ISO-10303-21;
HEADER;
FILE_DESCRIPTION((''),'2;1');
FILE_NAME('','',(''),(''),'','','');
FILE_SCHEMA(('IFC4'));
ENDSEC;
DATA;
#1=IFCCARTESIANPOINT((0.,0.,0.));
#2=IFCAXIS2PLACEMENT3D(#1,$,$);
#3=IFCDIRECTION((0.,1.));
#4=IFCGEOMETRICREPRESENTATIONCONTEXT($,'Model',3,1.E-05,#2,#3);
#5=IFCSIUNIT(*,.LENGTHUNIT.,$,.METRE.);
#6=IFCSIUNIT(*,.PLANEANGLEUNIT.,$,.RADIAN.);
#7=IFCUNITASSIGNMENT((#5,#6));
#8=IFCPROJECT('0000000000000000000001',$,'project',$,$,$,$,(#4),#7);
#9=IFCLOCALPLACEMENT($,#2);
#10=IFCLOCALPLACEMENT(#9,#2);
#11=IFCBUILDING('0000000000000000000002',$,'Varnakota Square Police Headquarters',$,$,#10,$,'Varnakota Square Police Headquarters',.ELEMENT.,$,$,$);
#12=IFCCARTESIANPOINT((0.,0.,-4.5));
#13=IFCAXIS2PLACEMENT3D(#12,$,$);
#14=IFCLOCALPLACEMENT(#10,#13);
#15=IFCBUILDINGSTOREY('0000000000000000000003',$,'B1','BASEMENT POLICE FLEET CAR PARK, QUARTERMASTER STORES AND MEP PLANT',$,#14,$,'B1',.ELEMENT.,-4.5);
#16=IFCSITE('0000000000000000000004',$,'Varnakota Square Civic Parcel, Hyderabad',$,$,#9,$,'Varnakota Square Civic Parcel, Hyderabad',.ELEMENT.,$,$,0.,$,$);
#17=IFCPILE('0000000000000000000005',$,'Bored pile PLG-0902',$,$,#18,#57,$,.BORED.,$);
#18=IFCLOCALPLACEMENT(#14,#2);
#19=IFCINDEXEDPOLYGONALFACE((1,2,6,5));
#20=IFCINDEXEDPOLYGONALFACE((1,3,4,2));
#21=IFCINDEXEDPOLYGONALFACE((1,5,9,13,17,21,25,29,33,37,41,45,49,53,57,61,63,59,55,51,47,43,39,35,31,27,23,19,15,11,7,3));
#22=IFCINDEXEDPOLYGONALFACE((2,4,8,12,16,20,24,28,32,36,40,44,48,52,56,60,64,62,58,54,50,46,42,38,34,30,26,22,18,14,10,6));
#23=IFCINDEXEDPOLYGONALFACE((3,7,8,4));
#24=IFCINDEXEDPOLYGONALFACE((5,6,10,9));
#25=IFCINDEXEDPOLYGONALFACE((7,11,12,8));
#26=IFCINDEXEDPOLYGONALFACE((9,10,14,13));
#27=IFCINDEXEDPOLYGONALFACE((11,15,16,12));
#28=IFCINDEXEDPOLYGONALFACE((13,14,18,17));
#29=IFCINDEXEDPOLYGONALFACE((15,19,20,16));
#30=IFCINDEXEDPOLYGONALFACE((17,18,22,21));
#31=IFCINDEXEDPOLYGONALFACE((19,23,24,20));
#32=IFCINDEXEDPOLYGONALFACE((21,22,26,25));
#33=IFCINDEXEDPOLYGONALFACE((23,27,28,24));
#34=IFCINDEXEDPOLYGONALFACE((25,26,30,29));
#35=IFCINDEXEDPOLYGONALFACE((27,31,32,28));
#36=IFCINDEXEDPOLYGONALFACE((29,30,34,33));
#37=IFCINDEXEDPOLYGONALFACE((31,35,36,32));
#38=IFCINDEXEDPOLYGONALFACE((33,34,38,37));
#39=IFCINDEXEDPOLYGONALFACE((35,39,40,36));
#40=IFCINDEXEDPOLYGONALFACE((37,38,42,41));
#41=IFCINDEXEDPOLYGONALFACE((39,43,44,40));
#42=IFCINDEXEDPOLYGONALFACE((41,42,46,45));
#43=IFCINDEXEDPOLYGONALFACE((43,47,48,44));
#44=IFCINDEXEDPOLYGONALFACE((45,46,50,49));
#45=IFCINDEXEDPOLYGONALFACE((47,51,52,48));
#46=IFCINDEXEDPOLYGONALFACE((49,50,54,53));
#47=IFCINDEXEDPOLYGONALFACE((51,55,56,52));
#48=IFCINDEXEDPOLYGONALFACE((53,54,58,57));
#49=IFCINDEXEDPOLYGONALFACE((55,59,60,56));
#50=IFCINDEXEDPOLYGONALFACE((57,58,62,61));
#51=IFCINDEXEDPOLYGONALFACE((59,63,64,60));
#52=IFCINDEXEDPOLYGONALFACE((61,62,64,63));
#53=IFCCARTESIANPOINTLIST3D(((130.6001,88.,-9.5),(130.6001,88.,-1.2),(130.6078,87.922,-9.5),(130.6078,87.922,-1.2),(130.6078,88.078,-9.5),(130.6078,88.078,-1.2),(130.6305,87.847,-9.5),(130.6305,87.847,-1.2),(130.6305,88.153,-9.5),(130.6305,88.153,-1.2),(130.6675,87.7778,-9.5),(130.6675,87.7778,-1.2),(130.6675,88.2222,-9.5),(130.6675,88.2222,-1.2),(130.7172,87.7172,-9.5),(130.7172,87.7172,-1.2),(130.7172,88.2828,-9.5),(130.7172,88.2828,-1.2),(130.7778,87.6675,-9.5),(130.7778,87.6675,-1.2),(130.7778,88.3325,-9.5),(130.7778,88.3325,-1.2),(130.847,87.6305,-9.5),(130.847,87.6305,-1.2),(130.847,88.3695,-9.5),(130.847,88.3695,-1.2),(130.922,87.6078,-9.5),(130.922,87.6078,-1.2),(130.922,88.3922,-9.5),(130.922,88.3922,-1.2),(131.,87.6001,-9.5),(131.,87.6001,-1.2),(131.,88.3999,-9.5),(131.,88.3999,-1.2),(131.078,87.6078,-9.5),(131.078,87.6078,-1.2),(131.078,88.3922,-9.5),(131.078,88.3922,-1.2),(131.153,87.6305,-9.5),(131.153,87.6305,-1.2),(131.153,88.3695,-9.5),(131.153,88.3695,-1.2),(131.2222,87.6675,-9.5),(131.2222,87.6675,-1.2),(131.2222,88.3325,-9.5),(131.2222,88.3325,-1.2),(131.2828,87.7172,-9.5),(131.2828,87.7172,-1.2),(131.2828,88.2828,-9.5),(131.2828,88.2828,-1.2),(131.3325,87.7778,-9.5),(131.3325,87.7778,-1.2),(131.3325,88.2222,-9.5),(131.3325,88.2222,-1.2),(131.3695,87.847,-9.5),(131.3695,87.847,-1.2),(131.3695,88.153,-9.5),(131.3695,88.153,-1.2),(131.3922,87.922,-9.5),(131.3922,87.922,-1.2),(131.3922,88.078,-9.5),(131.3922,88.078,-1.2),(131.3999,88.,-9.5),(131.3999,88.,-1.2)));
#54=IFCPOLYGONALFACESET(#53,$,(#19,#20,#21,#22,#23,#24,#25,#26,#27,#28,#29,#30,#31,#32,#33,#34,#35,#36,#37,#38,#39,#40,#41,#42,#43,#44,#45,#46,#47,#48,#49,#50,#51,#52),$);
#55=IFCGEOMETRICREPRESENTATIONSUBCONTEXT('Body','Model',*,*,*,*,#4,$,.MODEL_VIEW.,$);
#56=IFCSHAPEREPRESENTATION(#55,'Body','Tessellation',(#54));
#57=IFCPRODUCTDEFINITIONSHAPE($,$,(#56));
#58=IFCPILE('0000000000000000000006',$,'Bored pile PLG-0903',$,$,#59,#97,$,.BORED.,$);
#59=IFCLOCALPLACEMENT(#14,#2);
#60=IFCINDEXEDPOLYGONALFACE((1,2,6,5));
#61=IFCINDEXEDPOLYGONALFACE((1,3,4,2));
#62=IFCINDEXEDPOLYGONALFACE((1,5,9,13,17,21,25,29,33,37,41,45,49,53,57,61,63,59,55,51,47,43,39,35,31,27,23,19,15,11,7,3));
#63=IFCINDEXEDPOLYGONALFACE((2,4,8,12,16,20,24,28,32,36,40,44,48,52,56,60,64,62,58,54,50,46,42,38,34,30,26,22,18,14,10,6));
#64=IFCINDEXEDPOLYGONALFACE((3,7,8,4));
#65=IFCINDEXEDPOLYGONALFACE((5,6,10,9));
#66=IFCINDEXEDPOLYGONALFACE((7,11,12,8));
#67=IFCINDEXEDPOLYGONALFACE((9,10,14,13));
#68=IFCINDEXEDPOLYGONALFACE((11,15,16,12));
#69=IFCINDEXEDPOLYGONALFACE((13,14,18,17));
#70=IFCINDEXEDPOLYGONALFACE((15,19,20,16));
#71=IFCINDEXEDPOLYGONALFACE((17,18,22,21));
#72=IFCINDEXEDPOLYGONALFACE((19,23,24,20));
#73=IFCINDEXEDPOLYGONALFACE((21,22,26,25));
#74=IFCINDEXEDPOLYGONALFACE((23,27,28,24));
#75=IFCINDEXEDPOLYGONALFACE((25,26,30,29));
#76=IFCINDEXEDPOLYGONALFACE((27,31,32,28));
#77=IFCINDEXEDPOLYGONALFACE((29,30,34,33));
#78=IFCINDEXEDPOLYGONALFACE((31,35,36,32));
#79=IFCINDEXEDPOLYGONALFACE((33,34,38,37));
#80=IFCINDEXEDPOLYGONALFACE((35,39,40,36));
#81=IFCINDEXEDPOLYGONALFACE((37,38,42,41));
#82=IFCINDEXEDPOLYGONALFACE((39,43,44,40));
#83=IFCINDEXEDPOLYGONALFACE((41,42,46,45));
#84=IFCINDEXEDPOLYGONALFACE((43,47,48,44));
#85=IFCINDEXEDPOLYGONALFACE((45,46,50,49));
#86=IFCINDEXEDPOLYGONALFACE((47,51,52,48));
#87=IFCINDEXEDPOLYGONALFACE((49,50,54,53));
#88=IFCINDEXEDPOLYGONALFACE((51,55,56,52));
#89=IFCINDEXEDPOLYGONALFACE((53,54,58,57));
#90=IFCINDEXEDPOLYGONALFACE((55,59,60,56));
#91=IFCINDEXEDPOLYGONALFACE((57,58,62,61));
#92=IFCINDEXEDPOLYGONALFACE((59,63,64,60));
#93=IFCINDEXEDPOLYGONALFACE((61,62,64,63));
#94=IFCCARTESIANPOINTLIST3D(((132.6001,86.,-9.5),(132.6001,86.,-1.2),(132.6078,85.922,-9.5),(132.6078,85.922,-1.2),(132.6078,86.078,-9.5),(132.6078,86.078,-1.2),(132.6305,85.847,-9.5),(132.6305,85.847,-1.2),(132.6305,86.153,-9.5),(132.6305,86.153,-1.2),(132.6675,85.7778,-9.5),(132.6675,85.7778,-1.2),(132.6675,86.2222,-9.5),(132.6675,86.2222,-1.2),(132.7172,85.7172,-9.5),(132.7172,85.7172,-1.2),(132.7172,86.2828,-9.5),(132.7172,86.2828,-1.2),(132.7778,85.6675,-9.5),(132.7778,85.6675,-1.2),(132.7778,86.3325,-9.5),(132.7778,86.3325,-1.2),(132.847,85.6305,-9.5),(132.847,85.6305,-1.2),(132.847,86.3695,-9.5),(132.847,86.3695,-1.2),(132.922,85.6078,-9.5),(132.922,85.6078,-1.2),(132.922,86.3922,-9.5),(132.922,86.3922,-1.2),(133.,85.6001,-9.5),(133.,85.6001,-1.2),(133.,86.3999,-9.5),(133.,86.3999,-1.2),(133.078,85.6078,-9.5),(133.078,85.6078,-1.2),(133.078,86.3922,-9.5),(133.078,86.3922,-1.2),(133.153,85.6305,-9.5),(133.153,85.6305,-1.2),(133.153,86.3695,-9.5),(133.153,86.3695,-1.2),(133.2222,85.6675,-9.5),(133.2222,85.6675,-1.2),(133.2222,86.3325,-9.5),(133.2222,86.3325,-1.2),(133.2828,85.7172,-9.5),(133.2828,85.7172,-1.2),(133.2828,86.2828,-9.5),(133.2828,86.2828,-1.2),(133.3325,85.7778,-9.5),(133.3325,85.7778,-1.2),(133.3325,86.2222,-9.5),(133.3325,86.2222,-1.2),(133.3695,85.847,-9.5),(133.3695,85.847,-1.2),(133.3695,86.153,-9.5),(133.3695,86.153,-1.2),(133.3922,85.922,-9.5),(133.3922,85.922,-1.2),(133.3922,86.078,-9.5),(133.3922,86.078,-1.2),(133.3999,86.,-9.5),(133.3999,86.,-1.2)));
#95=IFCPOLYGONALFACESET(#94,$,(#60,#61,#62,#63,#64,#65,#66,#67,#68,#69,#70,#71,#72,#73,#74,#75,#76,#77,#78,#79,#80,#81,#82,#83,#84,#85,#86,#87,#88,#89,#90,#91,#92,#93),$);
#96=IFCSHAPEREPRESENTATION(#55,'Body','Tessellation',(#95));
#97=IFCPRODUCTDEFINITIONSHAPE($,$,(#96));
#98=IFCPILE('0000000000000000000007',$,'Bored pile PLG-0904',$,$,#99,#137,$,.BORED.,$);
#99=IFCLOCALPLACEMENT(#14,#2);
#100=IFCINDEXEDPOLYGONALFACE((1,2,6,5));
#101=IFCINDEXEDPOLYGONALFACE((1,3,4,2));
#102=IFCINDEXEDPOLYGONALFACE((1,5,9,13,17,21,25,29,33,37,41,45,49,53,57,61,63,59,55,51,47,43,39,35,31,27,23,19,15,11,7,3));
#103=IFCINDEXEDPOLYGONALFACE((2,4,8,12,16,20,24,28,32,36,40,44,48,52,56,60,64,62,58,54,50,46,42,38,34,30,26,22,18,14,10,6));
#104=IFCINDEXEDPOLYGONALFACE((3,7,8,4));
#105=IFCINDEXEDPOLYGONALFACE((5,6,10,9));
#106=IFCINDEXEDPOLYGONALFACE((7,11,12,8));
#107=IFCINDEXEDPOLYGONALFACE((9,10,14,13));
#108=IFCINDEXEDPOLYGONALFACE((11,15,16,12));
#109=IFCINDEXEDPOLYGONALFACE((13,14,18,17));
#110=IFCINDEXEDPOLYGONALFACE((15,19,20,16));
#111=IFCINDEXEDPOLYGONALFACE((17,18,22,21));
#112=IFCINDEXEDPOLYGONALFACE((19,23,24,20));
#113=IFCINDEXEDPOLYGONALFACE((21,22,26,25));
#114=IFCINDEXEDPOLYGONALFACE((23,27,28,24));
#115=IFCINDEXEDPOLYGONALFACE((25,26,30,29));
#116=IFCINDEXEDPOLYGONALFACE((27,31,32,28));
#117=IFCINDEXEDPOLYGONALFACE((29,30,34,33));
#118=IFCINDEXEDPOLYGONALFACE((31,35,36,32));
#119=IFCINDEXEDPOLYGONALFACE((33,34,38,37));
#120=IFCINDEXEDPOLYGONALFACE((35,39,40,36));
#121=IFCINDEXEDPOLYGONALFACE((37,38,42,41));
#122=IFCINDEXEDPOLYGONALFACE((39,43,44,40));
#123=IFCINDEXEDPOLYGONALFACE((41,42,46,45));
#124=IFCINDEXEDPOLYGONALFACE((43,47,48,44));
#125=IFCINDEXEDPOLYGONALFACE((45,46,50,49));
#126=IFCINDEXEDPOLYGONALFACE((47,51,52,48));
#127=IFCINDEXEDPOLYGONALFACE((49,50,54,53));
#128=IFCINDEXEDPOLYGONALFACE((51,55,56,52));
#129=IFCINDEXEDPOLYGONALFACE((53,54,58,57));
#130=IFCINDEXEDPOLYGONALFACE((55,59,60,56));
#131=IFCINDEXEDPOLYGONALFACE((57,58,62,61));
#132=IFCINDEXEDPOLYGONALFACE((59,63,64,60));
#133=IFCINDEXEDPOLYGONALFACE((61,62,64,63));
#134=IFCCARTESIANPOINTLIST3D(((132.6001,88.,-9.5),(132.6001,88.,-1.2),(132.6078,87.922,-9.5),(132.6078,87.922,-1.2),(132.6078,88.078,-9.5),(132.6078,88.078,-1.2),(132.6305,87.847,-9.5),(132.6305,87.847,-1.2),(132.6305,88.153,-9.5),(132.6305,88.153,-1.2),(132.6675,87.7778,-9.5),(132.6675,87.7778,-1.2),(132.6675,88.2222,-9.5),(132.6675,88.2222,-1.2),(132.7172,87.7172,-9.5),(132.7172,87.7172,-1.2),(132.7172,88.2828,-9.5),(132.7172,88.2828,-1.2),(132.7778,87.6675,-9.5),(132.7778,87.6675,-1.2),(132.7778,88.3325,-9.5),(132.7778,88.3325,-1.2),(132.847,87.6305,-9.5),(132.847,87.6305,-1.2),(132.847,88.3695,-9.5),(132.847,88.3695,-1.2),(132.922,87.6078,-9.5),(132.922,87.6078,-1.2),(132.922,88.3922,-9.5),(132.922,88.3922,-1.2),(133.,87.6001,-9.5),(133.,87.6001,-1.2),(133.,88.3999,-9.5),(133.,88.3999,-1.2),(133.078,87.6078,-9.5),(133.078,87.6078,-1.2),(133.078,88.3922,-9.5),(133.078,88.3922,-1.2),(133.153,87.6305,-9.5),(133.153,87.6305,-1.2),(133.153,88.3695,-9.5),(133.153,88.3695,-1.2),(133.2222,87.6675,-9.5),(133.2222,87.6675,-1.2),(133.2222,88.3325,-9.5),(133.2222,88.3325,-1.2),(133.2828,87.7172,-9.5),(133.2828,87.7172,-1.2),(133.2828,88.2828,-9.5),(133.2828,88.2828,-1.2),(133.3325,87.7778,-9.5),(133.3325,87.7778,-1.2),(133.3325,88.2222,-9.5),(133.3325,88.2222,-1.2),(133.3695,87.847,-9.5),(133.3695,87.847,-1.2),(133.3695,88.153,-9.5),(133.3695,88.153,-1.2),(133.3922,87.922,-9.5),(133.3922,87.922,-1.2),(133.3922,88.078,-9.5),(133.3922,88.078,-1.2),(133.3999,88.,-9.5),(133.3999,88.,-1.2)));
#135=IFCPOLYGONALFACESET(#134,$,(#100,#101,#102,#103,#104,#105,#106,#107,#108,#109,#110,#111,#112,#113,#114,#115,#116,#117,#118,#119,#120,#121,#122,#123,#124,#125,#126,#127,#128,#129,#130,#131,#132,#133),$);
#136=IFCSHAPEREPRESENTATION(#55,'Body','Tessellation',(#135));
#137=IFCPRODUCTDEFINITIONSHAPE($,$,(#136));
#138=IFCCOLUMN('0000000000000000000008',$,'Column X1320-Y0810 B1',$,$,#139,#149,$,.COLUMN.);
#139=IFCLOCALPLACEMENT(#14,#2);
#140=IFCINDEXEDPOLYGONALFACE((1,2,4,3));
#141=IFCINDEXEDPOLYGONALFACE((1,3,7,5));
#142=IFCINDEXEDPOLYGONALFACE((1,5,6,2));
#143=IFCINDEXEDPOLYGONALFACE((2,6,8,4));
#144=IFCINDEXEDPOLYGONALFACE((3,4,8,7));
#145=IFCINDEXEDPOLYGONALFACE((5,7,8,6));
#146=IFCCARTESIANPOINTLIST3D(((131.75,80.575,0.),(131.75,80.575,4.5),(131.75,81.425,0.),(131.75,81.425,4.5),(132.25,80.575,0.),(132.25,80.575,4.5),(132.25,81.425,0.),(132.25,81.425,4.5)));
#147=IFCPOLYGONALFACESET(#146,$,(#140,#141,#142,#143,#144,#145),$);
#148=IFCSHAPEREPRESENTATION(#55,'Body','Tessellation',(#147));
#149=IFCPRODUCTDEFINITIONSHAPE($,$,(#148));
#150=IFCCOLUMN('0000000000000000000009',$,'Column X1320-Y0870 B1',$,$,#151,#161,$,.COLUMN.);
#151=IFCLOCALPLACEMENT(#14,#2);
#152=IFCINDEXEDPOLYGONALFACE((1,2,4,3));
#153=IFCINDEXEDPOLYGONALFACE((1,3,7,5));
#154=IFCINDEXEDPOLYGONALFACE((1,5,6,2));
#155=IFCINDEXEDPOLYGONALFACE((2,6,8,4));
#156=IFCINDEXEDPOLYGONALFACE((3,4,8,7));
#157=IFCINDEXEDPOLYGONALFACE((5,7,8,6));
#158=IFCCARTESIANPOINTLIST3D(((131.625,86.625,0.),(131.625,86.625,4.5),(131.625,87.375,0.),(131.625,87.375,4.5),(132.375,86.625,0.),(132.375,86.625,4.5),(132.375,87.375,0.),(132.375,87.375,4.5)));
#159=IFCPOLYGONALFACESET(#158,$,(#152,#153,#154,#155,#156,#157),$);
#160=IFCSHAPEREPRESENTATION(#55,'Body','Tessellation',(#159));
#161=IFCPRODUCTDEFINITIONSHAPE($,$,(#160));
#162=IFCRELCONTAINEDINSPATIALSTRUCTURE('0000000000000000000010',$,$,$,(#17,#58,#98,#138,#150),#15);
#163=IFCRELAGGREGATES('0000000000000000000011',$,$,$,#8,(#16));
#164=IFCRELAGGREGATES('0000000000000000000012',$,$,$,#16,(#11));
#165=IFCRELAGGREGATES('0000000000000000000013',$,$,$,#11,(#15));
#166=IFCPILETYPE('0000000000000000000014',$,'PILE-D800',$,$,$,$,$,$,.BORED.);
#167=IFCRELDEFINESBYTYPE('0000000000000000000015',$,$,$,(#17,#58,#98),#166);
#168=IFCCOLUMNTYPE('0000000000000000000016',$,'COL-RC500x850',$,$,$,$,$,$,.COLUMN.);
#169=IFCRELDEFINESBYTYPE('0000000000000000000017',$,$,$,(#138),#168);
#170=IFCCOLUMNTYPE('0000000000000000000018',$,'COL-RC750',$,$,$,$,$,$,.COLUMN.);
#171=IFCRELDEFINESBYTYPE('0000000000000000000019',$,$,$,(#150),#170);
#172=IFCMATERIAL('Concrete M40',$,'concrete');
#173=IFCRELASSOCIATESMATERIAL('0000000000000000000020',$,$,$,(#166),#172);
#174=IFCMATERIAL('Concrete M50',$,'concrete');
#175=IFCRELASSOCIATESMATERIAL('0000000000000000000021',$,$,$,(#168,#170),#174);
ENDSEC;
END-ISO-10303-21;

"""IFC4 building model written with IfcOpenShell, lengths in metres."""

from ifc_helpers import new_model, si_unit, direction, frame, origin, origin_2d, place, context, subcontext, project, spatial, rectangle, circle, extrude, material, material_profile, profile_set, type_object, element, save


model = new_model("IFC4")

# Units and contexts
model_context = context("Model", 3, precision=1e-05, world=origin(), true_north=direction((0.0, 1.0)))
body_context = subcontext(model_context, "Body", "Model", "MODEL_VIEW")
ifc_project = project(units=[si_unit("LENGTHUNIT", "METRE"), si_unit("PLANEANGLEUNIT", "RADIAN")], contexts=[model_context])

# Site, building, storey
site_placement = place(None, origin())
site = spatial("IfcSite", under=ifc_project, at=site_placement, Name="Varnakota Square Civic Parcel, Hyderabad", LongName="Varnakota Square Civic Parcel, Hyderabad", CompositionType="ELEMENT", RefElevation=0.0)
building_placement = place(site_placement, origin())
building = spatial("IfcBuilding", under=site, at=building_placement, Name="Varnakota Square Police Headquarters", LongName="Varnakota Square Police Headquarters", CompositionType="ELEMENT")
storey_placement = place(building_placement, frame((0.0, 0.0, -4.5)))
storey = spatial("IfcBuildingStorey", under=building, at=storey_placement, Name="B1", Description="BASEMENT POLICE FLEET CAR PARK, QUARTERMASTER STORES AND MEP PLANT", LongName="B1", CompositionType="ELEMENT", Elevation=-4.5)

# Shared definitions
ifc_material_1 = material(Name="Concrete M40", Category="concrete")

# Piles
ifc_material_profile_1 = material_profile(ifc_material_1, circle(Radius=0.3999, at=origin_2d()), Name="BORED PILE 800")
ifc_profile_set_1 = profile_set([ifc_material_profile_1], Name="Concrete M40")
pile_type = type_object("IfcPileType", Name="PILE-D800", PredefinedType="BORED", material=ifc_profile_set_1)
for number, where, z_axis, x_axis, name in (
    (1, (131.0, 88.0, -1.2), (0.0, 0.0, -1.0), (1.0, 0.0, 0.0), "Bored pile PLG-0902"),
    (2, (133.0, 86.0, -1.2), (0.0, 0.0, -1.0), (1.0, 0.0, 0.0), "Bored pile PLG-0903"),
    (3, (133.0, 88.0, -1.2), (0.0, 0.0, -1.0), (1.0, 0.0, 0.0), "Bored pile PLG-0904"),
):
    element("IfcPile", number, at=place(storey_placement, frame(where, z_axis=z_axis, x_axis=x_axis)), inside=storey, type_object=pile_type, Name=name, PredefinedType="BORED", context=body_context, shape_type="SweptSolid", body=[
        extrude(circle(Radius=0.3999, at=origin_2d()), origin(), (0.0, 0.0, 1.0), 8.3),
    ])

# Columns
ifc_material_2 = material(Name="Concrete M50", Category="concrete")
ifc_material_profile_2 = material_profile(ifc_material_2, rectangle(XDim=0.5, YDim=0.8501, at=origin_2d()), Name="RC 500x850")
ifc_profile_set_2 = profile_set([ifc_material_profile_2], Name="Concrete M50")
column_type_1 = type_object("IfcColumnType", Name="COL-RC500x850", PredefinedType="COLUMN", material=ifc_profile_set_2)
column_1_placement = place(storey_placement, frame((132.0, 81.0, 0.0), z_axis=(0.0, 0.0, 1.0), x_axis=(1.0, 0.0, 0.0)))
element("IfcColumn", 4, at=column_1_placement, inside=storey, type_object=column_type_1, Name="Column X1320-Y0810 B1", PredefinedType="COLUMN", context=body_context, shape_type="SweptSolid", body=[
    extrude(rectangle(XDim=0.5, YDim=0.8501, at=origin_2d()), origin(), (0.0, 0.0, 1.0), 4.5),
])
ifc_material_profile_3 = material_profile(ifc_material_2, rectangle(XDim=0.75, YDim=0.75, at=origin_2d()), Name="RC 750x750")
ifc_profile_set_3 = profile_set([ifc_material_profile_3], Name="Concrete M50")
column_type_2 = type_object("IfcColumnType", Name="COL-RC750", PredefinedType="COLUMN", material=ifc_profile_set_3)
column_2_placement = place(storey_placement, frame((132.0, 87.0, 0.0), z_axis=(0.0, 0.0, 1.0), x_axis=(1.0, 0.0, 0.0)))
element("IfcColumn", 5, at=column_2_placement, inside=storey, type_object=column_type_2, Name="Column X1320-Y0870 B1", PredefinedType="COLUMN", context=body_context, shape_type="SweptSolid", body=[
    extrude(rectangle(XDim=0.75, YDim=0.75, at=origin_2d()), origin(), (0.0, 0.0, 1.0), 4.5),
])

save(model, "model.ifc")
